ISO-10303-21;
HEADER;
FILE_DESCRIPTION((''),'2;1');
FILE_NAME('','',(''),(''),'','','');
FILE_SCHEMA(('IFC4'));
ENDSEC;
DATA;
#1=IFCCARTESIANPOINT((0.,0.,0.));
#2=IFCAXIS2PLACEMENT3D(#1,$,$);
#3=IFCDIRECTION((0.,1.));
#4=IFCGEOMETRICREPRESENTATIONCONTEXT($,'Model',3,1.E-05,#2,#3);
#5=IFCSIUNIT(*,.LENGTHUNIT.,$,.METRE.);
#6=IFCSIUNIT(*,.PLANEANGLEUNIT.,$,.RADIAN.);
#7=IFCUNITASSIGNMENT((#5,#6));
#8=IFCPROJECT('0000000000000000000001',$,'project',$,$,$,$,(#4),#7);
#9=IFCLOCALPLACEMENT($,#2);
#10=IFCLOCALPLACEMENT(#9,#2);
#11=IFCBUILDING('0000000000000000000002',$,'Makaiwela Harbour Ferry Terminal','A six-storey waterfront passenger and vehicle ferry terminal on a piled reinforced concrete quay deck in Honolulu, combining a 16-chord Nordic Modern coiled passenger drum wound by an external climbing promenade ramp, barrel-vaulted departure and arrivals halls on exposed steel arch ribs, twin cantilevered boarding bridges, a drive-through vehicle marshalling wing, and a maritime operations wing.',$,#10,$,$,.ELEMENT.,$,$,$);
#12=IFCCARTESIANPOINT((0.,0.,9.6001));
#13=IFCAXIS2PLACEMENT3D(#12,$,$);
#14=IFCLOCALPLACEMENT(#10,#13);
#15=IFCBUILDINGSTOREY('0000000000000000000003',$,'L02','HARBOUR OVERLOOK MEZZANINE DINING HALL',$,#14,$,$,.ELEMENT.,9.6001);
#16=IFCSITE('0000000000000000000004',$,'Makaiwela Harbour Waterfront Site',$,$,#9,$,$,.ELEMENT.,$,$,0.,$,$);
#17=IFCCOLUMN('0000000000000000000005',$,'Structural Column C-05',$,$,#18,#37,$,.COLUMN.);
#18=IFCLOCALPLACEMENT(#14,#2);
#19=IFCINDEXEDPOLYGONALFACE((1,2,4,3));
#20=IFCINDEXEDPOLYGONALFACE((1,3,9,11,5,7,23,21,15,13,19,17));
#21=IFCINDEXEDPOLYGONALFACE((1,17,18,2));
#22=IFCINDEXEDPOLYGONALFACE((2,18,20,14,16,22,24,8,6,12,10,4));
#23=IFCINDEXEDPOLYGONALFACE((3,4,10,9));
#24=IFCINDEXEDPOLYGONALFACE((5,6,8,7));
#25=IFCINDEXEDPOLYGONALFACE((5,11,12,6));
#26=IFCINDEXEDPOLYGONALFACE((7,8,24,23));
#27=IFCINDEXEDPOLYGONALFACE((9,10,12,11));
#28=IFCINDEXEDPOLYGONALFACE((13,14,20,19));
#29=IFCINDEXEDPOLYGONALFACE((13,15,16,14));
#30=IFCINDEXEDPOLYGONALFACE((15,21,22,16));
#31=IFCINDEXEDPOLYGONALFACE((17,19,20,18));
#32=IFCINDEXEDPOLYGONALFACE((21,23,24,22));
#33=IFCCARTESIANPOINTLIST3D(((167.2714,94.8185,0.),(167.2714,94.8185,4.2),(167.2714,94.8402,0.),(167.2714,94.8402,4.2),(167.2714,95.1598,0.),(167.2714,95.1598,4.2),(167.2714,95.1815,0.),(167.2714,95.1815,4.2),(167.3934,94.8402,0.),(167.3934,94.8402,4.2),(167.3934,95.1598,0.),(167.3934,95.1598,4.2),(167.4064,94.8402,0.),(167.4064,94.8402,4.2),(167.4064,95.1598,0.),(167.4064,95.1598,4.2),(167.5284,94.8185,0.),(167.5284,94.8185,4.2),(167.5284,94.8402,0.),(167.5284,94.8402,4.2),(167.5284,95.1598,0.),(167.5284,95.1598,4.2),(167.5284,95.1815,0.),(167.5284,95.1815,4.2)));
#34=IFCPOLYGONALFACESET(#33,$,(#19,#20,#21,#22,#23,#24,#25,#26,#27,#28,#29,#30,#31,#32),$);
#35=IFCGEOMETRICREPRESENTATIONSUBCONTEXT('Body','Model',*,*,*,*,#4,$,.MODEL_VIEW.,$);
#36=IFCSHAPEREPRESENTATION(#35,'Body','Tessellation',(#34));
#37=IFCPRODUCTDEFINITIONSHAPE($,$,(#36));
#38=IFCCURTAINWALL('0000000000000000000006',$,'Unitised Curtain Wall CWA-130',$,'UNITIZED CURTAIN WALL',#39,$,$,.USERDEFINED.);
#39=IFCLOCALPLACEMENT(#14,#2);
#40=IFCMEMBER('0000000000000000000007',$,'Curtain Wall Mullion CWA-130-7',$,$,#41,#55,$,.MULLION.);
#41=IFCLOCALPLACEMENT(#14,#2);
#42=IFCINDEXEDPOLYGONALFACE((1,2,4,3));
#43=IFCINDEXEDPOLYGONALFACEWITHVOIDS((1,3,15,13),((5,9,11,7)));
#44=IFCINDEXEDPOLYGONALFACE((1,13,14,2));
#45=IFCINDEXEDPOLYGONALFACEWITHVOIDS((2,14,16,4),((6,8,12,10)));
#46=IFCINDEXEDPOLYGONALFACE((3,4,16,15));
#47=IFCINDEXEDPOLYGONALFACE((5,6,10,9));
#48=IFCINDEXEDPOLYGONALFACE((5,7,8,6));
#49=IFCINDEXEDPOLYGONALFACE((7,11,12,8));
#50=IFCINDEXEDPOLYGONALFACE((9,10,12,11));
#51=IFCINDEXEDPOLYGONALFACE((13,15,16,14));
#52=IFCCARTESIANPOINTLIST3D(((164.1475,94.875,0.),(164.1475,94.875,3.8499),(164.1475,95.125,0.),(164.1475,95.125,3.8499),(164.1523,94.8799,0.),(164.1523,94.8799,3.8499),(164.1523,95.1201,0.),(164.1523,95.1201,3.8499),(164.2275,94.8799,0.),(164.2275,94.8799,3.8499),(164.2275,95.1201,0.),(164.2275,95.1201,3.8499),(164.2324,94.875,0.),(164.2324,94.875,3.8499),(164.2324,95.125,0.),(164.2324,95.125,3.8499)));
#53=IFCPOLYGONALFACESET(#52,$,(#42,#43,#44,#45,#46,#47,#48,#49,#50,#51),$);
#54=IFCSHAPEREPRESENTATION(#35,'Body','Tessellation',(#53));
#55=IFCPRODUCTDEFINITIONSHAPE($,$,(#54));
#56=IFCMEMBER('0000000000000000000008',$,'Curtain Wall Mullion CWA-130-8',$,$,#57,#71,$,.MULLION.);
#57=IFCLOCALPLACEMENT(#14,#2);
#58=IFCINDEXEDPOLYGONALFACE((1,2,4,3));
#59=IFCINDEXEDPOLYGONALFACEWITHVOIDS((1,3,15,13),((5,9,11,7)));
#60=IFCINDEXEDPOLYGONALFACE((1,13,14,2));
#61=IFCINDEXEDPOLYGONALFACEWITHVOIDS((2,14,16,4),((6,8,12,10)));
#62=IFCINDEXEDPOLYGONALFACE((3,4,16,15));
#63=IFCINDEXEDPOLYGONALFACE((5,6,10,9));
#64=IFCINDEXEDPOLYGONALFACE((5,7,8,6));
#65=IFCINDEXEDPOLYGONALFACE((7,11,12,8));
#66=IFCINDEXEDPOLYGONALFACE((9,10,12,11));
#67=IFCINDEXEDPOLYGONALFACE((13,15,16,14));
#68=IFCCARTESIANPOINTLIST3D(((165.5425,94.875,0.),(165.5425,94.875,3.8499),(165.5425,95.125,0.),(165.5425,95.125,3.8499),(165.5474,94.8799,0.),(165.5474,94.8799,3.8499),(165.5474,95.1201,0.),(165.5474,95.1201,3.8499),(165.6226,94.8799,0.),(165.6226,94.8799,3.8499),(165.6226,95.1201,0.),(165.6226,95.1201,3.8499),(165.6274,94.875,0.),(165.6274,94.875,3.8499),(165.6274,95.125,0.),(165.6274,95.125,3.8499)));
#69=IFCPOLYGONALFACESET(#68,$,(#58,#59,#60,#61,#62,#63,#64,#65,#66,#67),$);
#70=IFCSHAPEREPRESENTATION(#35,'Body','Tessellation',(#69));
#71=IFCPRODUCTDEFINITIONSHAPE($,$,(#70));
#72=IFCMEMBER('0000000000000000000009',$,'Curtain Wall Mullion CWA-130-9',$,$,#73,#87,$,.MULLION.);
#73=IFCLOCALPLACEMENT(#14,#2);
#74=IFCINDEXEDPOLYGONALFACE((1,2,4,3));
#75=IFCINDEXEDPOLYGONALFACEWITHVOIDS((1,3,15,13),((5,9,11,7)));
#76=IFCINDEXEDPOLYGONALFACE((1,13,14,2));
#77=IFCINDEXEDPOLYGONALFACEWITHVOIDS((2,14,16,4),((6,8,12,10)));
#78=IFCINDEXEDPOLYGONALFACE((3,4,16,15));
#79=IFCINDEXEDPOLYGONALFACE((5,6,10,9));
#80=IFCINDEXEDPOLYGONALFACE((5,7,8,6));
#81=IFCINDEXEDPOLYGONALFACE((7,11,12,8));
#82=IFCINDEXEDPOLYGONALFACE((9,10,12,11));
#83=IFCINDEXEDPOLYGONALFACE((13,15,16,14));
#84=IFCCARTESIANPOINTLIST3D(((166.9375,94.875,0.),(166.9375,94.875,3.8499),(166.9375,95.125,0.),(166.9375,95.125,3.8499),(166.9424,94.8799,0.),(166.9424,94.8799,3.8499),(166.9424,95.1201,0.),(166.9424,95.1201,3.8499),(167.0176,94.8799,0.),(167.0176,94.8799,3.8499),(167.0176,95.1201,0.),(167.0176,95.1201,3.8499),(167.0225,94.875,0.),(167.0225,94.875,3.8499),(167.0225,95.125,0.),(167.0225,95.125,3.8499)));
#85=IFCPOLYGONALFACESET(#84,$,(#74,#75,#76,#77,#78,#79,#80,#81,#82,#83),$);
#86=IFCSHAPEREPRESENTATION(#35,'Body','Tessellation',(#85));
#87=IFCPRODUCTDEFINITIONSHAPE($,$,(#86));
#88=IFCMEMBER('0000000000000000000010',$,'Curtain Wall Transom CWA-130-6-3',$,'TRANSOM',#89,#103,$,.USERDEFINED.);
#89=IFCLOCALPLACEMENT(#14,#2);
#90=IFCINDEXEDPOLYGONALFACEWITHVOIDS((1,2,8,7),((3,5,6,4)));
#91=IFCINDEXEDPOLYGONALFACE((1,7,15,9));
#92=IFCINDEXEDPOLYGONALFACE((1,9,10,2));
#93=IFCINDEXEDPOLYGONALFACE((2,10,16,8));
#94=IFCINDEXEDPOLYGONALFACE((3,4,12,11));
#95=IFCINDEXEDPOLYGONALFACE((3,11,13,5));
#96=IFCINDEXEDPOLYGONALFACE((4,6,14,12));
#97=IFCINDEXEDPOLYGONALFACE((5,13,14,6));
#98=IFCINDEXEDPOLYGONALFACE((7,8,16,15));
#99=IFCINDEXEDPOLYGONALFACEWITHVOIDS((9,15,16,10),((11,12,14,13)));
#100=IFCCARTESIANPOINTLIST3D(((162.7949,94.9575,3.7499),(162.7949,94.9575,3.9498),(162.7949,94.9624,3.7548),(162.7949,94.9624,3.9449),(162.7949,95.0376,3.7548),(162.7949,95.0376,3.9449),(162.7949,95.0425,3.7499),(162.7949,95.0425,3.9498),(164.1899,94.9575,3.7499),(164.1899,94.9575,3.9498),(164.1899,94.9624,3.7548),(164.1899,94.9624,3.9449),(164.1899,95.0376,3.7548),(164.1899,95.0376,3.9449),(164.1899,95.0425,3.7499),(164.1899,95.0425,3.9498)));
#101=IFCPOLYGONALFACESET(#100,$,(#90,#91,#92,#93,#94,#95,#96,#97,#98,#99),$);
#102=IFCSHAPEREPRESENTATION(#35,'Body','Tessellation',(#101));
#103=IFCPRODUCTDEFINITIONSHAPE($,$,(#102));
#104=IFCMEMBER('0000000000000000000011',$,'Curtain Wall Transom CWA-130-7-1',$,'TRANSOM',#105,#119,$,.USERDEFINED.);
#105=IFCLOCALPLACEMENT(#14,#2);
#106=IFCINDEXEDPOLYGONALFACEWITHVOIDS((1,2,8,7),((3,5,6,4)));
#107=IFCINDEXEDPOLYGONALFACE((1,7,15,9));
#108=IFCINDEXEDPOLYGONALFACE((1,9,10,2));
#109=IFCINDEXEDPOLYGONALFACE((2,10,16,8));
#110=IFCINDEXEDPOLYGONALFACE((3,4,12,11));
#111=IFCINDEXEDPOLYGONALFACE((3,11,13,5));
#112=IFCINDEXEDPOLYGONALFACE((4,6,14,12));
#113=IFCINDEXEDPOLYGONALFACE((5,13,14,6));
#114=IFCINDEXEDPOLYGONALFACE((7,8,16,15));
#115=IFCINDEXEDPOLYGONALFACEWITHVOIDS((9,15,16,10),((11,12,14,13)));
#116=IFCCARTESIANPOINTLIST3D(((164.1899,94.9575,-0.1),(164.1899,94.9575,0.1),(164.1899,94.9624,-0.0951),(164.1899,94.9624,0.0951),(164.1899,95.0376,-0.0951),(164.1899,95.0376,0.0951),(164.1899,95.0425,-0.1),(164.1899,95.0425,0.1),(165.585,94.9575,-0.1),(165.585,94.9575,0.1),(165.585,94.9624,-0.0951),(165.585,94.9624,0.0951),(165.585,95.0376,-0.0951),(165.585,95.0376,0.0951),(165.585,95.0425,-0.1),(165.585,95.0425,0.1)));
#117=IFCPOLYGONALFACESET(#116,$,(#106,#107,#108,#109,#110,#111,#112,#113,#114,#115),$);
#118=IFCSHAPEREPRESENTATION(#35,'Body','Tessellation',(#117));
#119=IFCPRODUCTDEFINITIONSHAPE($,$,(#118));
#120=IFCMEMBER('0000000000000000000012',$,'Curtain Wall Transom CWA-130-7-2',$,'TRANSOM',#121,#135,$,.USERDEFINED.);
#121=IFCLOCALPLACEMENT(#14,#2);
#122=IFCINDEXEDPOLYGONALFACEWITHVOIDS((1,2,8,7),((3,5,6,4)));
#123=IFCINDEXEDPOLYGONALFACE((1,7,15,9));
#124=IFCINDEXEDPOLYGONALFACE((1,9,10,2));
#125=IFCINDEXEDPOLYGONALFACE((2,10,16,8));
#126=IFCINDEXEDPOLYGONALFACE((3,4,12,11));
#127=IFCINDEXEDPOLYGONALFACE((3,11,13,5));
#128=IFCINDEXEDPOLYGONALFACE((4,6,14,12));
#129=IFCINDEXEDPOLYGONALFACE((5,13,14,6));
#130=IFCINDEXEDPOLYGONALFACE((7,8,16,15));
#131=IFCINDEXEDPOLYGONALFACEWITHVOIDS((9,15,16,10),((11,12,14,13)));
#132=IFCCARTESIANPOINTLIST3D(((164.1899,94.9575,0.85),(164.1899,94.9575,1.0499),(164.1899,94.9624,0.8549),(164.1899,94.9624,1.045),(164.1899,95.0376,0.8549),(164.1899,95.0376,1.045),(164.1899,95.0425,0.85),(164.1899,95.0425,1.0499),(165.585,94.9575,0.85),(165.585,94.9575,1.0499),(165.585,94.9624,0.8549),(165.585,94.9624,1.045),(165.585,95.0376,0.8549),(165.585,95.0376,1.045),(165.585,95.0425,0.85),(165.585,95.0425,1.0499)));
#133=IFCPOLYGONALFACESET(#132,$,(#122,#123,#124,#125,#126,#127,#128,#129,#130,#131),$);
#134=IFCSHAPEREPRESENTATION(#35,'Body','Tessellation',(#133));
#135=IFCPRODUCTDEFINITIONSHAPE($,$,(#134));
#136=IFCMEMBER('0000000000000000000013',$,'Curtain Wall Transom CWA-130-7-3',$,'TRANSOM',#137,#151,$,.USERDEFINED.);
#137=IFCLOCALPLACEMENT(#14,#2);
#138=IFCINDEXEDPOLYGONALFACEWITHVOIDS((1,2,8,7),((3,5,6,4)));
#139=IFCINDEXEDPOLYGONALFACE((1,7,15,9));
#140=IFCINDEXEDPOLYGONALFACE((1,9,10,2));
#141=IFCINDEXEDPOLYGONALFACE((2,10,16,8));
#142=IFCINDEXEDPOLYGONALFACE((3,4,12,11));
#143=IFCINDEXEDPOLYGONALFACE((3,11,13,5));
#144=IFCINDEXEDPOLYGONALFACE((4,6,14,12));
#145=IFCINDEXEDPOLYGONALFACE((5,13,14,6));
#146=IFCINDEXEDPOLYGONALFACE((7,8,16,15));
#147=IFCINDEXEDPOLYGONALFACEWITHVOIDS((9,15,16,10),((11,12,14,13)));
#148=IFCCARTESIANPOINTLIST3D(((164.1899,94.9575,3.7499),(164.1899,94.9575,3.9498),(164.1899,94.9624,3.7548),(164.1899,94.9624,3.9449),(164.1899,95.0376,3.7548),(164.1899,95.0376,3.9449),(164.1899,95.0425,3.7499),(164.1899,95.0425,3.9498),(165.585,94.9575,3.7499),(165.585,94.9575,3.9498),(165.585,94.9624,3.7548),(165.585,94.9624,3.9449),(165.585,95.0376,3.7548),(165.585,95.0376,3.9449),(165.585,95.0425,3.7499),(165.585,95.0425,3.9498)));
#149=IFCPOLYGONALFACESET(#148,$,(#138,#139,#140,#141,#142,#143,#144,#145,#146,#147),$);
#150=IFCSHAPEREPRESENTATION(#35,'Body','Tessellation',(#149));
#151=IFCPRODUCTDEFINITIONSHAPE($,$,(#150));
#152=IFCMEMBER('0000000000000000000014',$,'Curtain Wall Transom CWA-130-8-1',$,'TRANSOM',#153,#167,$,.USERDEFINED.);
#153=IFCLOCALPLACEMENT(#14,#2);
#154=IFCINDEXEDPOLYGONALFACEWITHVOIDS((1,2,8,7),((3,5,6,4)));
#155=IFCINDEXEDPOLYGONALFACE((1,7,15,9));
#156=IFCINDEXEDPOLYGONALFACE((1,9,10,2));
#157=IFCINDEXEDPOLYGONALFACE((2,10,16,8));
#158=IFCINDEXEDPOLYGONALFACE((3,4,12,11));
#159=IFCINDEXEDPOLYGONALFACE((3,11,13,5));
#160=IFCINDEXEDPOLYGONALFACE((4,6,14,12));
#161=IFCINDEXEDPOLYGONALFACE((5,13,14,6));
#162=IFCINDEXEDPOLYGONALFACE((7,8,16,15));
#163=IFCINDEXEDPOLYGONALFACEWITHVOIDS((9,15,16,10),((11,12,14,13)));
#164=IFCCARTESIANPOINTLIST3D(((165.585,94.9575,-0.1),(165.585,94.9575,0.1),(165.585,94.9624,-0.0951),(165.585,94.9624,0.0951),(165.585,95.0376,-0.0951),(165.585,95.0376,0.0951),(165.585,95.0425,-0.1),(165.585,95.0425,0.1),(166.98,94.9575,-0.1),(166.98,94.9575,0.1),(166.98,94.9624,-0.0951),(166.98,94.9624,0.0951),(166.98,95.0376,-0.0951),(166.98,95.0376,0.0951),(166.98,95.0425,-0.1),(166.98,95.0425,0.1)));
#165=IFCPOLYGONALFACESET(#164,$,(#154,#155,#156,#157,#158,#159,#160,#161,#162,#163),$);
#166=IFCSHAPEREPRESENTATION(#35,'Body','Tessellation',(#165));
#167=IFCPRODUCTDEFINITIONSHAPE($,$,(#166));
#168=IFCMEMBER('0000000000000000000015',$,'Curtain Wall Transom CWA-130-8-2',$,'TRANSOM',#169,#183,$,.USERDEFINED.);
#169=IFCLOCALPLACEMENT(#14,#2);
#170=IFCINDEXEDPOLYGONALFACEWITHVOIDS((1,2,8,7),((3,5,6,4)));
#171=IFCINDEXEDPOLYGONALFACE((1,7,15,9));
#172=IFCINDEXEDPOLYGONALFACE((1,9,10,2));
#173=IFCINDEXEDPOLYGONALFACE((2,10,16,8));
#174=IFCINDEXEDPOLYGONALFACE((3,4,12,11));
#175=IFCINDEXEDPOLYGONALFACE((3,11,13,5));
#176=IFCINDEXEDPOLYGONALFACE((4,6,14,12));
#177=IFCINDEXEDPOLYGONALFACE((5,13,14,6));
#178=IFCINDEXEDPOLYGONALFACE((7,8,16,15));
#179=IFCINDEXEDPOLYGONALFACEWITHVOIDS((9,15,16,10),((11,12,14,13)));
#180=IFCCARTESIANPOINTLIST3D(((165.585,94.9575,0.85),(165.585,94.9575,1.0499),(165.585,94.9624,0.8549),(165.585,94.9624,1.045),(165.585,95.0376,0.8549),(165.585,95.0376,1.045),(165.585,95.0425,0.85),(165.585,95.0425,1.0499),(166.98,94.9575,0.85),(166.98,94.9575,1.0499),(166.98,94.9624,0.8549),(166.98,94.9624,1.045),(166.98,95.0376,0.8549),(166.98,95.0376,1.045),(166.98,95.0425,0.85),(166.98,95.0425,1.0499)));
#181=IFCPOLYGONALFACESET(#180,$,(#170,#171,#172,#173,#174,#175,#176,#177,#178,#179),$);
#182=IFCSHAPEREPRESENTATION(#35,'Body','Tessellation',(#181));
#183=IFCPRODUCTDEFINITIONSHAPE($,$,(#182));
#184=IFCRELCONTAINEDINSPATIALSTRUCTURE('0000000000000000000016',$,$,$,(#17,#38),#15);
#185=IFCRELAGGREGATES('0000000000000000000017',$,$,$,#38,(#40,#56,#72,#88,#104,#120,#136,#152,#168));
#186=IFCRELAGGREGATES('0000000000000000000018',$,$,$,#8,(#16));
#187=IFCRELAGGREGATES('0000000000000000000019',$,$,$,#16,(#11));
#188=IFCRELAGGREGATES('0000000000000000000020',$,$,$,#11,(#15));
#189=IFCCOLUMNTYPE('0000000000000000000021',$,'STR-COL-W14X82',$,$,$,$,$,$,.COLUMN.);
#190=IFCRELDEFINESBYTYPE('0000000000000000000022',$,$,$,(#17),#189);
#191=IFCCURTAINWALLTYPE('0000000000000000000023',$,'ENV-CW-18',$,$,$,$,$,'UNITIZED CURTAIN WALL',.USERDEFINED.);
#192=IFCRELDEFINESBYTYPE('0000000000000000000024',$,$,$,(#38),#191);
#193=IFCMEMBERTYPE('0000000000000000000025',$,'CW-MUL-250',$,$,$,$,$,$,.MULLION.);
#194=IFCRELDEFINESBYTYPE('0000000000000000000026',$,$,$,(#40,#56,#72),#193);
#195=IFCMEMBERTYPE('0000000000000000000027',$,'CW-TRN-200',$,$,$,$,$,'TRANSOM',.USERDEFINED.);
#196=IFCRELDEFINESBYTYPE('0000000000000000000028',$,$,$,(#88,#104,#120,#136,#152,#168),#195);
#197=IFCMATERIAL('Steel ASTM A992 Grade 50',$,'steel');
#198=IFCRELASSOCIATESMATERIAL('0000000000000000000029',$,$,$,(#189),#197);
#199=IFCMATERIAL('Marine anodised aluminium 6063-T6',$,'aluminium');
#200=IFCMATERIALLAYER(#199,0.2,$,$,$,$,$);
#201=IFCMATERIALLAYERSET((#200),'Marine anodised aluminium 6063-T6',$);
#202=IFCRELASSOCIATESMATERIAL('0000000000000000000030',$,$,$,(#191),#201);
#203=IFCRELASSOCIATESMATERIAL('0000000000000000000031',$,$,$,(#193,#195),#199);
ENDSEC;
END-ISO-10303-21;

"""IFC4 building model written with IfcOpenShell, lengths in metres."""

from ifc_helpers import new_model, si_unit, direction, frame, origin, origin_2d, place, context, subcontext, project, spatial, hollow_rectangle, i_section, extrude, material, layer, layer_set, material_profile, profile_set, type_object, element, aggregate, save


model = new_model("IFC4")

# Units and contexts
model_context = context("Model", 3, precision=1e-05, world=origin(), true_north=direction((0.0, 1.0)))
body_context = subcontext(model_context, "Body", "Model", "MODEL_VIEW")
ifc_project = project(units=[si_unit("LENGTHUNIT", "METRE"), si_unit("PLANEANGLEUNIT", "RADIAN")], contexts=[model_context])

# Site, building, storey
site_placement = place(None, origin())
site = spatial("IfcSite", under=ifc_project, at=site_placement, Name="Makaiwela Harbour Waterfront Site", CompositionType="ELEMENT", RefElevation=0.0)
building_placement = place(site_placement, origin())
building = spatial("IfcBuilding", under=site, at=building_placement, Name="Makaiwela Harbour Ferry Terminal", Description="A six-storey waterfront passenger and vehicle ferry terminal on a piled reinforced concrete quay deck in Honolulu, combining a 16-chord Nordic Modern coiled passenger drum wound by an external climbing promenade ramp, barrel-vaulted departure and arrivals halls on exposed steel arch ribs, twin cantilevered boarding bridges, a drive-through vehicle marshalling wing, and a maritime operations wing.", CompositionType="ELEMENT")
storey_placement = place(building_placement, frame((0.0, 0.0, 9.6001)))
storey = spatial("IfcBuildingStorey", under=building, at=storey_placement, Name="L02", Description="HARBOUR OVERLOOK MEZZANINE DINING HALL", CompositionType="ELEMENT", Elevation=9.6001)

# Column
ifc_material_1 = material(Name="Steel ASTM A992 Grade 50", Category="steel")
ifc_material_profile_1 = material_profile(ifc_material_1, i_section(OverallWidth=0.2571, OverallDepth=0.363, WebThickness=0.0129, FlangeThickness=0.0217, at=origin_2d()), Name="W14X82")
ifc_profile_set_1 = profile_set([ifc_material_profile_1], Name="Steel ASTM A992 Grade 50")
column_type = type_object("IfcColumnType", Name="STR-COL-W14X82", PredefinedType="COLUMN", material=ifc_profile_set_1)
column_placement = place(storey_placement, frame((167.3999, 95.0, 0.0), z_axis=(0.0, 0.0, 1.0), x_axis=(1.0, 0.0, 0.0)))
element("IfcColumn", 1, at=column_placement, inside=storey, type_object=column_type, Name="Structural Column C-05", PredefinedType="COLUMN", context=body_context, shape_type="SweptSolid", body=[
    extrude(i_section(OverallWidth=0.2571, OverallDepth=0.363, WebThickness=0.0129, FlangeThickness=0.0217, at=origin_2d()), origin(), (0.0, 0.0, 1.0), 4.2),
])

# Curtain wall, members
ifc_material_2 = material(Name="Marine anodised aluminium 6063-T6", Category="aluminium")
ifc_layer_1 = layer(ifc_material_2, 0.2)
ifc_layer_set_1 = layer_set([ifc_layer_1], Name="Marine anodised aluminium 6063-T6")
curtain_wall_type = type_object("IfcCurtainWallType", Name="ENV-CW-18", ElementType="UNITIZED CURTAIN WALL", PredefinedType="USERDEFINED", material=ifc_layer_set_1)
curtain_wall_placement = place(storey_placement, origin())
curtain_wall = element("IfcCurtainWall", 2, at=curtain_wall_placement, inside=storey, type_object=curtain_wall_type, Name="Unitised Curtain Wall CWA-130", ObjectType="UNITIZED CURTAIN WALL", PredefinedType="USERDEFINED")
ifc_material_profile_2 = material_profile(ifc_material_2, hollow_rectangle(XDim=0.085, YDim=0.25, WallThickness=0.0049, at=origin_2d()), Name="CWM-250X85")
ifc_profile_set_2 = profile_set([ifc_material_profile_2], Name="Marine anodised aluminium 6063-T6")
member_type_1 = type_object("IfcMemberType", Name="CW-MUL-250", PredefinedType="MULLION", material=ifc_profile_set_2)
member_1_placement = place(storey_placement, frame((164.1899, 95.0, 0.0), z_axis=(0.0, 0.0, 1.0), x_axis=(1.0, 0.0, 0.0)))
member_1 = element("IfcMember", 3, at=member_1_placement, type_object=member_type_1, Name="Curtain Wall Mullion CWA-130-7", PredefinedType="MULLION", context=body_context, shape_type="SweptSolid", body=[
    extrude(hollow_rectangle(XDim=0.085, YDim=0.25, WallThickness=0.0049, at=origin_2d()), origin(), (0.0, 0.0, 1.0), 3.8499),
])
member_2_placement = place(storey_placement, frame((165.585, 95.0, 0.0), z_axis=(0.0, 0.0, 1.0), x_axis=(1.0, 0.0, 0.0)))
member_2 = element("IfcMember", 4, at=member_2_placement, type_object=member_type_1, Name="Curtain Wall Mullion CWA-130-8", PredefinedType="MULLION", context=body_context, shape_type="SweptSolid", body=[
    extrude(hollow_rectangle(XDim=0.085, YDim=0.25, WallThickness=0.0049, at=origin_2d()), origin(), (0.0, 0.0, 1.0), 3.8499),
])
member_3_placement = place(storey_placement, frame((166.98, 95.0, 0.0), z_axis=(0.0, 0.0, 1.0), x_axis=(1.0, 0.0, 0.0)))
member_3 = element("IfcMember", 5, at=member_3_placement, type_object=member_type_1, Name="Curtain Wall Mullion CWA-130-9", PredefinedType="MULLION", context=body_context, shape_type="SweptSolid", body=[
    extrude(hollow_rectangle(XDim=0.085, YDim=0.25, WallThickness=0.0049, at=origin_2d()), origin(), (0.0, 0.0, 1.0), 3.8499),
])
ifc_material_profile_3 = material_profile(ifc_material_2, hollow_rectangle(XDim=0.085, YDim=0.2, WallThickness=0.0049, at=origin_2d()), Name="CWT-200X85")
ifc_profile_set_3 = profile_set([ifc_material_profile_3], Name="Marine anodised aluminium 6063-T6")
member_type_2 = type_object("IfcMemberType", Name="CW-TRN-200", ElementType="TRANSOM", PredefinedType="USERDEFINED", material=ifc_profile_set_3)
member_4_placement = place(storey_placement, frame((162.7949, 95.0, 3.8499), z_axis=(1.0, 0.0, 0.0), x_axis=(0.0, 1.0, 0.0)))
member_4 = element("IfcMember", 6, at=member_4_placement, type_object=member_type_2, Name="Curtain Wall Transom CWA-130-6-3", ObjectType="TRANSOM", PredefinedType="USERDEFINED", context=body_context, shape_type="SweptSolid", body=[
    extrude(hollow_rectangle(XDim=0.085, YDim=0.2, WallThickness=0.0049, at=origin_2d()), origin(), (0.0, 0.0, 1.0), 1.395),
])
member_5_placement = place(storey_placement, frame((164.1899, 95.0, 0.0), z_axis=(1.0, 0.0, 0.0), x_axis=(0.0, 1.0, 0.0)))
member_5 = element("IfcMember", 7, at=member_5_placement, type_object=member_type_2, Name="Curtain Wall Transom CWA-130-7-1", ObjectType="TRANSOM", PredefinedType="USERDEFINED", context=body_context, shape_type="SweptSolid", body=[
    extrude(hollow_rectangle(XDim=0.085, YDim=0.2, WallThickness=0.0049, at=origin_2d()), origin(), (0.0, 0.0, 1.0), 1.395),
])
member_6_placement = place(storey_placement, frame((164.1899, 95.0, 0.95), z_axis=(1.0, 0.0, 0.0), x_axis=(0.0, 1.0, 0.0)))
member_6 = element("IfcMember", 8, at=member_6_placement, type_object=member_type_2, Name="Curtain Wall Transom CWA-130-7-2", ObjectType="TRANSOM", PredefinedType="USERDEFINED", context=body_context, shape_type="SweptSolid", body=[
    extrude(hollow_rectangle(XDim=0.085, YDim=0.2, WallThickness=0.0049, at=origin_2d()), origin(), (0.0, 0.0, 1.0), 1.395),
])
member_7_placement = place(storey_placement, frame((164.1899, 95.0, 3.8499), z_axis=(1.0, 0.0, 0.0), x_axis=(0.0, 1.0, 0.0)))
member_7 = element("IfcMember", 9, at=member_7_placement, type_object=member_type_2, Name="Curtain Wall Transom CWA-130-7-3", ObjectType="TRANSOM", PredefinedType="USERDEFINED", context=body_context, shape_type="SweptSolid", body=[
    extrude(hollow_rectangle(XDim=0.085, YDim=0.2, WallThickness=0.0049, at=origin_2d()), origin(), (0.0, 0.0, 1.0), 1.395),
])
member_8_placement = place(storey_placement, frame((165.585, 95.0, 0.0), z_axis=(1.0, 0.0, 0.0), x_axis=(0.0, 1.0, 0.0)))
member_8 = element("IfcMember", 10, at=member_8_placement, type_object=member_type_2, Name="Curtain Wall Transom CWA-130-8-1", ObjectType="TRANSOM", PredefinedType="USERDEFINED", context=body_context, shape_type="SweptSolid", body=[
    extrude(hollow_rectangle(XDim=0.085, YDim=0.2, WallThickness=0.0049, at=origin_2d()), origin(), (0.0, 0.0, 1.0), 1.395),
])
member_9_placement = place(storey_placement, frame((165.585, 95.0, 0.95), z_axis=(1.0, 0.0, 0.0), x_axis=(0.0, 1.0, 0.0)))
member_9 = element("IfcMember", 11, at=member_9_placement, type_object=member_type_2, Name="Curtain Wall Transom CWA-130-8-2", ObjectType="TRANSOM", PredefinedType="USERDEFINED", context=body_context, shape_type="SweptSolid", body=[
    extrude(hollow_rectangle(XDim=0.085, YDim=0.2, WallThickness=0.0049, at=origin_2d()), origin(), (0.0, 0.0, 1.0), 1.395),
])
aggregate(curtain_wall, [member_1, member_2, member_3, member_4, member_5, member_6, member_7, member_8, member_9])

save(model, "model.ifc")
